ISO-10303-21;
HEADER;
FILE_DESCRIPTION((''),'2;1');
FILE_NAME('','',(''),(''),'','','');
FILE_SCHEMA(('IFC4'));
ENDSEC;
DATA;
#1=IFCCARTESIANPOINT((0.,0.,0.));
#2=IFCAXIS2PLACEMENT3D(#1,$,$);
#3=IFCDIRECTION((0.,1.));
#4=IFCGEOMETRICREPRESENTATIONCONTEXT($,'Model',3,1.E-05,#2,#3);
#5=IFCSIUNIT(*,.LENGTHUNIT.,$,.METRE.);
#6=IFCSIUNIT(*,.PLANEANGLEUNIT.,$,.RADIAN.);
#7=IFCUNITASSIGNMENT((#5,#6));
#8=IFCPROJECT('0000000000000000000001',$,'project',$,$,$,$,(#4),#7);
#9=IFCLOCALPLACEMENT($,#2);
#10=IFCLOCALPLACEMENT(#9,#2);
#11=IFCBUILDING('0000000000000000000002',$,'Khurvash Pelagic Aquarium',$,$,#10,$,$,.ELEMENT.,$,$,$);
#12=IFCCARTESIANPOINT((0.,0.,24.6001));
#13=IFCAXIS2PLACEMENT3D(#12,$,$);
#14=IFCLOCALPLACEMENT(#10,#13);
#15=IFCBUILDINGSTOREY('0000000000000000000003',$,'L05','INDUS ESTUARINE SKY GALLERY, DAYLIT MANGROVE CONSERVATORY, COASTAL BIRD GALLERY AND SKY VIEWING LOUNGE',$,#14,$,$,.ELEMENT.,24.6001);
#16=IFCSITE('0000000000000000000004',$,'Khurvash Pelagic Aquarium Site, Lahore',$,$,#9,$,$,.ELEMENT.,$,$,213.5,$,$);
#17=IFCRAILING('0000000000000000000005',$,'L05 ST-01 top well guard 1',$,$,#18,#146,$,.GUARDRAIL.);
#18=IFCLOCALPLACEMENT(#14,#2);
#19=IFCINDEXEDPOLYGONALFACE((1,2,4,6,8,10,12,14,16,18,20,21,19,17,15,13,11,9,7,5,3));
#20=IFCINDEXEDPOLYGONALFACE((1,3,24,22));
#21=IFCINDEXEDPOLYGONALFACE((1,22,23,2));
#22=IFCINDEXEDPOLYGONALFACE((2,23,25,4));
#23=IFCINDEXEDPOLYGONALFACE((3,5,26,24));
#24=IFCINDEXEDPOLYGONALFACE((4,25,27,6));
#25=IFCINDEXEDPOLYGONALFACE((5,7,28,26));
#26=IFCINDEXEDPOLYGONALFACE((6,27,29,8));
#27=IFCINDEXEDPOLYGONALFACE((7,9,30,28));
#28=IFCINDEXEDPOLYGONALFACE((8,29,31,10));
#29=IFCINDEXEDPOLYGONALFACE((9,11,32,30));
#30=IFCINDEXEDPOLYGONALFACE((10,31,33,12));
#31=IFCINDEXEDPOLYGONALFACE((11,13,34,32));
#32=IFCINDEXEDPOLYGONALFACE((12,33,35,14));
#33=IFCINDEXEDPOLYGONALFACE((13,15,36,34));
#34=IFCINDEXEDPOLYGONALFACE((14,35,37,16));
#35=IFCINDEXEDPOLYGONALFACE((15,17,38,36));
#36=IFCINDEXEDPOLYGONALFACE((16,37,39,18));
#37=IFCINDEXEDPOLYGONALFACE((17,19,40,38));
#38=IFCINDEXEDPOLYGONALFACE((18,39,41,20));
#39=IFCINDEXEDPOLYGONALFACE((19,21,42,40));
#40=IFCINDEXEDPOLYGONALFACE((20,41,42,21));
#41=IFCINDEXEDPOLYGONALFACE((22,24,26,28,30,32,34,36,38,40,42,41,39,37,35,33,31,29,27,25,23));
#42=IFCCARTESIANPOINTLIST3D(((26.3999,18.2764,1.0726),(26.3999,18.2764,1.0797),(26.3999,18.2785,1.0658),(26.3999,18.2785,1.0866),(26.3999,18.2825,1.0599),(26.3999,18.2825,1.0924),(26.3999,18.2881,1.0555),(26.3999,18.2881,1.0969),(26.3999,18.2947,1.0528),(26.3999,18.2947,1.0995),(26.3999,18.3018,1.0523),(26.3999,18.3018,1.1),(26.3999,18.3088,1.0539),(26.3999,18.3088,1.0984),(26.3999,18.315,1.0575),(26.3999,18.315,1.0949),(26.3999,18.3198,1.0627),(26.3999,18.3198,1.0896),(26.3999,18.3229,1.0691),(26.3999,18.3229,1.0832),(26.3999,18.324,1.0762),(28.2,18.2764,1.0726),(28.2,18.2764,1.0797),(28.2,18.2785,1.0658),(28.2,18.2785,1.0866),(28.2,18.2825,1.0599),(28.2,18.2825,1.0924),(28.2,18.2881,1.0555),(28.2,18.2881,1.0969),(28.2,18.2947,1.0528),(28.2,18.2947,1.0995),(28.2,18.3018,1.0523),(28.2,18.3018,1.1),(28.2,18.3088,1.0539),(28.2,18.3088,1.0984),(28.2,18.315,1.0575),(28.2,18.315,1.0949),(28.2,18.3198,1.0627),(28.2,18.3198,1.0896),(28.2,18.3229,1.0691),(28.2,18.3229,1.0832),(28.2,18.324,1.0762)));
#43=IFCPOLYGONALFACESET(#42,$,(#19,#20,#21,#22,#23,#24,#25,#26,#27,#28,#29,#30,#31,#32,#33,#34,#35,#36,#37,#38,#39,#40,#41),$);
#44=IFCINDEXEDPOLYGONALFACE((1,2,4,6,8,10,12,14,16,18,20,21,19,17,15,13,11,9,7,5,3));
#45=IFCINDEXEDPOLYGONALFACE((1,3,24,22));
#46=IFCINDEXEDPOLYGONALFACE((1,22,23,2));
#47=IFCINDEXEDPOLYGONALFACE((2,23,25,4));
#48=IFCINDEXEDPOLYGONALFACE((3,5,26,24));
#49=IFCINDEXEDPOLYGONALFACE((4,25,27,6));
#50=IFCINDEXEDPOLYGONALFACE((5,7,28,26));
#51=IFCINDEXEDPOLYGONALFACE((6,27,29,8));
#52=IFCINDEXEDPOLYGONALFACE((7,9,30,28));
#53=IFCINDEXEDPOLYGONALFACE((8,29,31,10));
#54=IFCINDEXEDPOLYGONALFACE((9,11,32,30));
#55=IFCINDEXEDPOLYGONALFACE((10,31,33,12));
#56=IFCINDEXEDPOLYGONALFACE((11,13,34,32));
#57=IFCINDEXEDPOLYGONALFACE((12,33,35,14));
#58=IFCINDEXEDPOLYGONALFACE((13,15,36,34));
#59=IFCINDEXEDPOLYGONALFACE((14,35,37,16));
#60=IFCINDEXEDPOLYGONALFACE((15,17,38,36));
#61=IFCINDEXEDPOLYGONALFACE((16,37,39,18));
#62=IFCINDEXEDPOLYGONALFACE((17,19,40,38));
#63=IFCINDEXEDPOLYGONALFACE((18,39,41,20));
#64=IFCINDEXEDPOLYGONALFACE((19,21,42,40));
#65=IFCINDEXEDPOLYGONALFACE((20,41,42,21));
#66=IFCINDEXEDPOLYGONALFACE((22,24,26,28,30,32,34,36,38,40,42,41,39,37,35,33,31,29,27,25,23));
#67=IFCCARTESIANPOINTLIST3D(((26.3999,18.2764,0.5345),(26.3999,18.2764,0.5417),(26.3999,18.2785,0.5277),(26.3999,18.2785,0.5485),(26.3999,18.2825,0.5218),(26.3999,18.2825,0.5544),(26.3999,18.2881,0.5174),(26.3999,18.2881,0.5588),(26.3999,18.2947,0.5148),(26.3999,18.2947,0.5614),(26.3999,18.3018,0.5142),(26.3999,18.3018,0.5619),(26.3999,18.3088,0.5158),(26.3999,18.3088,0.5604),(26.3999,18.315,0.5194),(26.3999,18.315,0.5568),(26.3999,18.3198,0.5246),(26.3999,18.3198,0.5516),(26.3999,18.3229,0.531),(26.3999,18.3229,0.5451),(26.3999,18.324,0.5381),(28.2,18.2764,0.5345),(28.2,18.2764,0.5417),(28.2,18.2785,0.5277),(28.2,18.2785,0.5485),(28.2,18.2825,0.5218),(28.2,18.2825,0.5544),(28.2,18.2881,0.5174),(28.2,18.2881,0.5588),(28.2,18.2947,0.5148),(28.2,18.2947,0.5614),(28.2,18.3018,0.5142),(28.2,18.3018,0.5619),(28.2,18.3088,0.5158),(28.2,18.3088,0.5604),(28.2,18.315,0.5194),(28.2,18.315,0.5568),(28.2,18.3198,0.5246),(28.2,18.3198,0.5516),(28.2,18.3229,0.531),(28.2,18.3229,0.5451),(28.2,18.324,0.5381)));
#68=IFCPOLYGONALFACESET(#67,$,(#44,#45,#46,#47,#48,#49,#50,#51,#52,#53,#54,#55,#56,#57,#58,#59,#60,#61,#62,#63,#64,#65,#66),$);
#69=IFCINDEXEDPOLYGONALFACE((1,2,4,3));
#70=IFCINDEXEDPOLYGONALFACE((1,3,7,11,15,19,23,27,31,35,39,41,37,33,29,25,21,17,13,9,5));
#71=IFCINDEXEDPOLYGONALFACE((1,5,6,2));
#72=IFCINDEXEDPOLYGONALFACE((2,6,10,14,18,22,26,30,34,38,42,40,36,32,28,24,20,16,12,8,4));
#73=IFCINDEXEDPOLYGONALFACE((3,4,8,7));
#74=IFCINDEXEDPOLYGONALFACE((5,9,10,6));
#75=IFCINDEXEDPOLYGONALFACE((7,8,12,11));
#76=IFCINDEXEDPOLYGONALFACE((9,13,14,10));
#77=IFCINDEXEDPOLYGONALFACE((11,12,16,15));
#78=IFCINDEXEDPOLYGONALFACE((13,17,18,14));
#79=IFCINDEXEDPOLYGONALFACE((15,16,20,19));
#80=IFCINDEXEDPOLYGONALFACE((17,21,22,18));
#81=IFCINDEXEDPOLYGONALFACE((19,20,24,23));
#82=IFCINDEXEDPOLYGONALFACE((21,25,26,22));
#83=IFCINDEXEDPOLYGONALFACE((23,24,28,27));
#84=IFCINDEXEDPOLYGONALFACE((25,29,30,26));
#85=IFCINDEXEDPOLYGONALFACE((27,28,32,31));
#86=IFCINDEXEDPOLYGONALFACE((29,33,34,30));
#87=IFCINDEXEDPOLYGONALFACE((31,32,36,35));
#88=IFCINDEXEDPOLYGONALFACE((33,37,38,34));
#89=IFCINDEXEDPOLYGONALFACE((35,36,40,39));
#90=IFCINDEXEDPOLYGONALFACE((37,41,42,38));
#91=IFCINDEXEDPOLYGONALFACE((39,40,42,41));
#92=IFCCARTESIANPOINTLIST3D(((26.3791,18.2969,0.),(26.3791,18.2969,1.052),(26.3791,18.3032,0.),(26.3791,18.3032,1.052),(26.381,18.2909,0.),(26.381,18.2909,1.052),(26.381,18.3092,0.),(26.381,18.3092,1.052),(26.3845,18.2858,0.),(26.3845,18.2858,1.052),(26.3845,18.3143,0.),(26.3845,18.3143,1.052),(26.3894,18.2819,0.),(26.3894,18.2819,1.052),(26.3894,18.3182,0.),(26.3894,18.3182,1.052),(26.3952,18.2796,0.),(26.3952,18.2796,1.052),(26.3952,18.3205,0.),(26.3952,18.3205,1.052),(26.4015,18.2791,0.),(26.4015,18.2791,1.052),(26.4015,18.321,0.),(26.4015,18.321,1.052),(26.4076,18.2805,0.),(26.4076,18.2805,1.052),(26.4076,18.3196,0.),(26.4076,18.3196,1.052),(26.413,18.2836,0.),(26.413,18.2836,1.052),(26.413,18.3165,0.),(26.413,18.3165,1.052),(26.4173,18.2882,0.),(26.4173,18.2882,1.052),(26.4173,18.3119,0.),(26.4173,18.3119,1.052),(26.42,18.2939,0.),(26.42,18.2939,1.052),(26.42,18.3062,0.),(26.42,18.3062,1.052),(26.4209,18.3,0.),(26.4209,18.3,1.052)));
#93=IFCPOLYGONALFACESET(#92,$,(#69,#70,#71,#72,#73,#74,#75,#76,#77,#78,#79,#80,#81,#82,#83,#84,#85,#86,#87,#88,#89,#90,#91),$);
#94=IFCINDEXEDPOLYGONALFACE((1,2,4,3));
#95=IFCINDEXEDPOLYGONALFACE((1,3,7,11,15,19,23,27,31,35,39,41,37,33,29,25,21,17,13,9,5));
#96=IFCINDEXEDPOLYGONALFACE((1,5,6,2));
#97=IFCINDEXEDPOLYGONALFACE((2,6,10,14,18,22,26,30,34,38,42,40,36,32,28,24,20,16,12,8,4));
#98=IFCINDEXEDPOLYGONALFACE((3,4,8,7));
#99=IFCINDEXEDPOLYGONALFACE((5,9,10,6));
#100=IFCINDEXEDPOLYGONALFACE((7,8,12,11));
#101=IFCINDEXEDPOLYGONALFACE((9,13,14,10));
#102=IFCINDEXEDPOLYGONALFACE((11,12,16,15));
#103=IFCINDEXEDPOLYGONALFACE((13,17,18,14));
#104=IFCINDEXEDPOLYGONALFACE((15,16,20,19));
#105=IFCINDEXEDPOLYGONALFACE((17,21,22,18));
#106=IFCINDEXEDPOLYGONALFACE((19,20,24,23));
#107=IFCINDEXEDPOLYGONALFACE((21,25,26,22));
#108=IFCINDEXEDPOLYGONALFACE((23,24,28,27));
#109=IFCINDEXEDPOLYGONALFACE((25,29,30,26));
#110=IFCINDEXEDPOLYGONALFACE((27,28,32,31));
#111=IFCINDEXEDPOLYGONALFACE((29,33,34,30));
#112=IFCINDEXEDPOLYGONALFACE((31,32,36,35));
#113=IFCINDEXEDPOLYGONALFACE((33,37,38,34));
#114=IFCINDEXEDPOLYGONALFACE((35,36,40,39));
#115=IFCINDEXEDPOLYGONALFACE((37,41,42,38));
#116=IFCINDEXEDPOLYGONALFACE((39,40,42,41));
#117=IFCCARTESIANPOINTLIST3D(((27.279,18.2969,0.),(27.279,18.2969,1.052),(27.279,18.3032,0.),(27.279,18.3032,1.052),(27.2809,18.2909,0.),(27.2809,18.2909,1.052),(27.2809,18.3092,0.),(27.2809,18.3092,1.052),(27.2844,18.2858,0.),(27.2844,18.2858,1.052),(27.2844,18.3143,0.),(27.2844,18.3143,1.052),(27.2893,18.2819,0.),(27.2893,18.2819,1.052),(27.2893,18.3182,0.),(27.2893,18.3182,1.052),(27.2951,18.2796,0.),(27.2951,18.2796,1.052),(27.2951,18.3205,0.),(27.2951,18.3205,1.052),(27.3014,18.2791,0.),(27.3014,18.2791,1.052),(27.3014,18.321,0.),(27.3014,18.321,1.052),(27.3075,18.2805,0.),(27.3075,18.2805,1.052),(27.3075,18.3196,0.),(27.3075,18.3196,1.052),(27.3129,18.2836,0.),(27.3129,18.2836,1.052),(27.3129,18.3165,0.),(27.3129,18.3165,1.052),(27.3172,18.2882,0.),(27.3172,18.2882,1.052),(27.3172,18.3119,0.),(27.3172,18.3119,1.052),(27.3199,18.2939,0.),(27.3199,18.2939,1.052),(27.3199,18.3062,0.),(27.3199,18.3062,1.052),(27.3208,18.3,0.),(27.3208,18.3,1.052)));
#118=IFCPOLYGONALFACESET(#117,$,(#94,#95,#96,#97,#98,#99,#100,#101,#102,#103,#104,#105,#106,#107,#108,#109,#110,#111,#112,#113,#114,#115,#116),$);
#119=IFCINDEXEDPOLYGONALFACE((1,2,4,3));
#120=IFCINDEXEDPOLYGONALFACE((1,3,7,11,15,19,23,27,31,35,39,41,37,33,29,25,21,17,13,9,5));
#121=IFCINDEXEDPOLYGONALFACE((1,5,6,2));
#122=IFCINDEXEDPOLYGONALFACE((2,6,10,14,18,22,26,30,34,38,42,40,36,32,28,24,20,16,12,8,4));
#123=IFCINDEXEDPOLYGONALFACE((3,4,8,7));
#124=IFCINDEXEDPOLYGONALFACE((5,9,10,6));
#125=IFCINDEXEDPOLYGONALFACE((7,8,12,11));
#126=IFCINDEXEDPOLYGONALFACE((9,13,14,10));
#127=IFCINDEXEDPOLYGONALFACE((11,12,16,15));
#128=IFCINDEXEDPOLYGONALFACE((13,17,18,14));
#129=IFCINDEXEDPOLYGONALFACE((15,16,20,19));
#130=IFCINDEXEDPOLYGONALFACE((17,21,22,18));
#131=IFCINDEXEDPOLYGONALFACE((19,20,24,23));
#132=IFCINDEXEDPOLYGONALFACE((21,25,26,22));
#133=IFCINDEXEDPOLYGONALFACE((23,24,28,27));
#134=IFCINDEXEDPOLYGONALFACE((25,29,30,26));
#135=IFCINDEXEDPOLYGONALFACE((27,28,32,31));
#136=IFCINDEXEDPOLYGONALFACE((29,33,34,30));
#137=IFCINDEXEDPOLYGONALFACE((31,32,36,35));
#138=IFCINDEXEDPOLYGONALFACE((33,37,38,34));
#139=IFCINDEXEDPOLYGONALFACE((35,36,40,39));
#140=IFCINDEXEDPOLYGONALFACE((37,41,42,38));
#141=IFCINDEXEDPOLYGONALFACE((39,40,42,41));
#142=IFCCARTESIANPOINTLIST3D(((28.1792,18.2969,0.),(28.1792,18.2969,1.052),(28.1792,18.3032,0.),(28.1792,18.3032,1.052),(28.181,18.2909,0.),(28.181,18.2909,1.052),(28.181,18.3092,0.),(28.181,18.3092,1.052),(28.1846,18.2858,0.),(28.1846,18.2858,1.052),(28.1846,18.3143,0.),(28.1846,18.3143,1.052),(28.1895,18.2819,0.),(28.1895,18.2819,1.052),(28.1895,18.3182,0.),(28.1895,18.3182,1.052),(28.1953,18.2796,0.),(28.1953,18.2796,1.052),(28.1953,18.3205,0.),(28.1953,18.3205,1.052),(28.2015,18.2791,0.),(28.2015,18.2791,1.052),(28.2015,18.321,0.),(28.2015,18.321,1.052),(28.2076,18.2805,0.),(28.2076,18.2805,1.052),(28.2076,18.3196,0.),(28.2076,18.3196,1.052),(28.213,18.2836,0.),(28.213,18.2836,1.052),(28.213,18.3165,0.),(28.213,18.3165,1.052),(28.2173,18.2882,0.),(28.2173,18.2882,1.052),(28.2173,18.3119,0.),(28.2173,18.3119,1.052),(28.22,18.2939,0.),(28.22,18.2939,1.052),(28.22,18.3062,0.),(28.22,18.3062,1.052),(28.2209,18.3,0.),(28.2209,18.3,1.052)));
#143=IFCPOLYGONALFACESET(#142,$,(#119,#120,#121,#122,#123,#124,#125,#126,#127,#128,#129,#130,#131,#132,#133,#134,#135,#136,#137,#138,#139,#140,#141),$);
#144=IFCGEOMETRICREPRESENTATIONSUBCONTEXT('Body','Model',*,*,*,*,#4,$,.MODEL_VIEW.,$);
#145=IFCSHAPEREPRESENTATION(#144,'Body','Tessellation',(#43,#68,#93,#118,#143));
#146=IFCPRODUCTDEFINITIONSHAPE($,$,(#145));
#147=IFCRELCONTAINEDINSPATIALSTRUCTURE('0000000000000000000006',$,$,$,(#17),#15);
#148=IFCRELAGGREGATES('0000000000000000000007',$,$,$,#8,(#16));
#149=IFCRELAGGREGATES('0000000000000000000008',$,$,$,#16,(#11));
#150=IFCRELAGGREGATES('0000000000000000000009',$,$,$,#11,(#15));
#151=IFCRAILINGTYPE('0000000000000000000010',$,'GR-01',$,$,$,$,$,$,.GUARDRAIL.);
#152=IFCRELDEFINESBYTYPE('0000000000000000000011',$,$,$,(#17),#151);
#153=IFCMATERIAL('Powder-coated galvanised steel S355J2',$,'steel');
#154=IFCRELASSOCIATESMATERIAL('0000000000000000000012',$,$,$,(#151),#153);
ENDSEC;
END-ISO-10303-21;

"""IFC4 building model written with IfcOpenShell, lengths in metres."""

from ifc_helpers import new_model, si_unit, direction, frame, origin, origin_2d, place, context, subcontext, project, spatial, circle, extrude, material, type_object, element, save


model = new_model("IFC4")

# Units and contexts
model_context = context("Model", 3, precision=1e-05, world=origin(), true_north=direction((0.0, 1.0)))
body_context = subcontext(model_context, "Body", "Model", "MODEL_VIEW")
ifc_project = project(units=[si_unit("LENGTHUNIT", "METRE"), si_unit("PLANEANGLEUNIT", "RADIAN")], contexts=[model_context])

# Site, building, storey
site_placement = place(None, origin())
site = spatial("IfcSite", under=ifc_project, at=site_placement, Name="Khurvash Pelagic Aquarium Site, Lahore", CompositionType="ELEMENT", RefElevation=213.5)
building_placement = place(site_placement, origin())
building = spatial("IfcBuilding", under=site, at=building_placement, Name="Khurvash Pelagic Aquarium", CompositionType="ELEMENT")
storey_placement = place(building_placement, frame((0.0, 0.0, 24.6001)))
storey = spatial("IfcBuildingStorey", under=building, at=storey_placement, Name="L05", Description="INDUS ESTUARINE SKY GALLERY, DAYLIT MANGROVE CONSERVATORY, COASTAL BIRD GALLERY AND SKY VIEWING LOUNGE", CompositionType="ELEMENT", Elevation=24.6001)

# Railing
ifc_material_1 = material(Name="Powder-coated galvanised steel S355J2", Category="steel")
railing_type = type_object("IfcRailingType", Name="GR-01", PredefinedType="GUARDRAIL", material=ifc_material_1)
railing_placement = place(storey_placement, frame((26.3999, 18.3, 0.0)))
element("IfcRailing", 1, at=railing_placement, inside=storey, type_object=railing_type, Name="L05 ST-01 top well guard 1", PredefinedType="GUARDRAIL", context=body_context, shape_type="SweptSolid", body=[
    extrude(circle(Radius=0.0239, at=origin_2d()), frame((0.0, 0.0, 1.0762), z_axis=(1.0, 0.0, 0.0), x_axis=(0.0, 1.0, 0.0)), (0.0, 0.0, 1.0), 1.8),
    extrude(circle(Radius=0.0239, at=origin_2d()), frame((0.0, 0.0, 0.5381), z_axis=(1.0, 0.0, 0.0), x_axis=(0.0, 1.0, 0.0)), (0.0, 0.0, 1.0), 1.8),
    extrude(circle(Radius=0.021, at=origin_2d()), origin(), (0.0, 0.0, 1.0), 1.052),
    extrude(circle(Radius=0.021, at=origin_2d()), frame((0.8999, 0.0, 0.0)), (0.0, 0.0, 1.0), 1.052),
    extrude(circle(Radius=0.021, at=origin_2d()), frame((1.8, 0.0, 0.0)), (0.0, 0.0, 1.0), 1.052),
])

save(model, "model.ifc")
